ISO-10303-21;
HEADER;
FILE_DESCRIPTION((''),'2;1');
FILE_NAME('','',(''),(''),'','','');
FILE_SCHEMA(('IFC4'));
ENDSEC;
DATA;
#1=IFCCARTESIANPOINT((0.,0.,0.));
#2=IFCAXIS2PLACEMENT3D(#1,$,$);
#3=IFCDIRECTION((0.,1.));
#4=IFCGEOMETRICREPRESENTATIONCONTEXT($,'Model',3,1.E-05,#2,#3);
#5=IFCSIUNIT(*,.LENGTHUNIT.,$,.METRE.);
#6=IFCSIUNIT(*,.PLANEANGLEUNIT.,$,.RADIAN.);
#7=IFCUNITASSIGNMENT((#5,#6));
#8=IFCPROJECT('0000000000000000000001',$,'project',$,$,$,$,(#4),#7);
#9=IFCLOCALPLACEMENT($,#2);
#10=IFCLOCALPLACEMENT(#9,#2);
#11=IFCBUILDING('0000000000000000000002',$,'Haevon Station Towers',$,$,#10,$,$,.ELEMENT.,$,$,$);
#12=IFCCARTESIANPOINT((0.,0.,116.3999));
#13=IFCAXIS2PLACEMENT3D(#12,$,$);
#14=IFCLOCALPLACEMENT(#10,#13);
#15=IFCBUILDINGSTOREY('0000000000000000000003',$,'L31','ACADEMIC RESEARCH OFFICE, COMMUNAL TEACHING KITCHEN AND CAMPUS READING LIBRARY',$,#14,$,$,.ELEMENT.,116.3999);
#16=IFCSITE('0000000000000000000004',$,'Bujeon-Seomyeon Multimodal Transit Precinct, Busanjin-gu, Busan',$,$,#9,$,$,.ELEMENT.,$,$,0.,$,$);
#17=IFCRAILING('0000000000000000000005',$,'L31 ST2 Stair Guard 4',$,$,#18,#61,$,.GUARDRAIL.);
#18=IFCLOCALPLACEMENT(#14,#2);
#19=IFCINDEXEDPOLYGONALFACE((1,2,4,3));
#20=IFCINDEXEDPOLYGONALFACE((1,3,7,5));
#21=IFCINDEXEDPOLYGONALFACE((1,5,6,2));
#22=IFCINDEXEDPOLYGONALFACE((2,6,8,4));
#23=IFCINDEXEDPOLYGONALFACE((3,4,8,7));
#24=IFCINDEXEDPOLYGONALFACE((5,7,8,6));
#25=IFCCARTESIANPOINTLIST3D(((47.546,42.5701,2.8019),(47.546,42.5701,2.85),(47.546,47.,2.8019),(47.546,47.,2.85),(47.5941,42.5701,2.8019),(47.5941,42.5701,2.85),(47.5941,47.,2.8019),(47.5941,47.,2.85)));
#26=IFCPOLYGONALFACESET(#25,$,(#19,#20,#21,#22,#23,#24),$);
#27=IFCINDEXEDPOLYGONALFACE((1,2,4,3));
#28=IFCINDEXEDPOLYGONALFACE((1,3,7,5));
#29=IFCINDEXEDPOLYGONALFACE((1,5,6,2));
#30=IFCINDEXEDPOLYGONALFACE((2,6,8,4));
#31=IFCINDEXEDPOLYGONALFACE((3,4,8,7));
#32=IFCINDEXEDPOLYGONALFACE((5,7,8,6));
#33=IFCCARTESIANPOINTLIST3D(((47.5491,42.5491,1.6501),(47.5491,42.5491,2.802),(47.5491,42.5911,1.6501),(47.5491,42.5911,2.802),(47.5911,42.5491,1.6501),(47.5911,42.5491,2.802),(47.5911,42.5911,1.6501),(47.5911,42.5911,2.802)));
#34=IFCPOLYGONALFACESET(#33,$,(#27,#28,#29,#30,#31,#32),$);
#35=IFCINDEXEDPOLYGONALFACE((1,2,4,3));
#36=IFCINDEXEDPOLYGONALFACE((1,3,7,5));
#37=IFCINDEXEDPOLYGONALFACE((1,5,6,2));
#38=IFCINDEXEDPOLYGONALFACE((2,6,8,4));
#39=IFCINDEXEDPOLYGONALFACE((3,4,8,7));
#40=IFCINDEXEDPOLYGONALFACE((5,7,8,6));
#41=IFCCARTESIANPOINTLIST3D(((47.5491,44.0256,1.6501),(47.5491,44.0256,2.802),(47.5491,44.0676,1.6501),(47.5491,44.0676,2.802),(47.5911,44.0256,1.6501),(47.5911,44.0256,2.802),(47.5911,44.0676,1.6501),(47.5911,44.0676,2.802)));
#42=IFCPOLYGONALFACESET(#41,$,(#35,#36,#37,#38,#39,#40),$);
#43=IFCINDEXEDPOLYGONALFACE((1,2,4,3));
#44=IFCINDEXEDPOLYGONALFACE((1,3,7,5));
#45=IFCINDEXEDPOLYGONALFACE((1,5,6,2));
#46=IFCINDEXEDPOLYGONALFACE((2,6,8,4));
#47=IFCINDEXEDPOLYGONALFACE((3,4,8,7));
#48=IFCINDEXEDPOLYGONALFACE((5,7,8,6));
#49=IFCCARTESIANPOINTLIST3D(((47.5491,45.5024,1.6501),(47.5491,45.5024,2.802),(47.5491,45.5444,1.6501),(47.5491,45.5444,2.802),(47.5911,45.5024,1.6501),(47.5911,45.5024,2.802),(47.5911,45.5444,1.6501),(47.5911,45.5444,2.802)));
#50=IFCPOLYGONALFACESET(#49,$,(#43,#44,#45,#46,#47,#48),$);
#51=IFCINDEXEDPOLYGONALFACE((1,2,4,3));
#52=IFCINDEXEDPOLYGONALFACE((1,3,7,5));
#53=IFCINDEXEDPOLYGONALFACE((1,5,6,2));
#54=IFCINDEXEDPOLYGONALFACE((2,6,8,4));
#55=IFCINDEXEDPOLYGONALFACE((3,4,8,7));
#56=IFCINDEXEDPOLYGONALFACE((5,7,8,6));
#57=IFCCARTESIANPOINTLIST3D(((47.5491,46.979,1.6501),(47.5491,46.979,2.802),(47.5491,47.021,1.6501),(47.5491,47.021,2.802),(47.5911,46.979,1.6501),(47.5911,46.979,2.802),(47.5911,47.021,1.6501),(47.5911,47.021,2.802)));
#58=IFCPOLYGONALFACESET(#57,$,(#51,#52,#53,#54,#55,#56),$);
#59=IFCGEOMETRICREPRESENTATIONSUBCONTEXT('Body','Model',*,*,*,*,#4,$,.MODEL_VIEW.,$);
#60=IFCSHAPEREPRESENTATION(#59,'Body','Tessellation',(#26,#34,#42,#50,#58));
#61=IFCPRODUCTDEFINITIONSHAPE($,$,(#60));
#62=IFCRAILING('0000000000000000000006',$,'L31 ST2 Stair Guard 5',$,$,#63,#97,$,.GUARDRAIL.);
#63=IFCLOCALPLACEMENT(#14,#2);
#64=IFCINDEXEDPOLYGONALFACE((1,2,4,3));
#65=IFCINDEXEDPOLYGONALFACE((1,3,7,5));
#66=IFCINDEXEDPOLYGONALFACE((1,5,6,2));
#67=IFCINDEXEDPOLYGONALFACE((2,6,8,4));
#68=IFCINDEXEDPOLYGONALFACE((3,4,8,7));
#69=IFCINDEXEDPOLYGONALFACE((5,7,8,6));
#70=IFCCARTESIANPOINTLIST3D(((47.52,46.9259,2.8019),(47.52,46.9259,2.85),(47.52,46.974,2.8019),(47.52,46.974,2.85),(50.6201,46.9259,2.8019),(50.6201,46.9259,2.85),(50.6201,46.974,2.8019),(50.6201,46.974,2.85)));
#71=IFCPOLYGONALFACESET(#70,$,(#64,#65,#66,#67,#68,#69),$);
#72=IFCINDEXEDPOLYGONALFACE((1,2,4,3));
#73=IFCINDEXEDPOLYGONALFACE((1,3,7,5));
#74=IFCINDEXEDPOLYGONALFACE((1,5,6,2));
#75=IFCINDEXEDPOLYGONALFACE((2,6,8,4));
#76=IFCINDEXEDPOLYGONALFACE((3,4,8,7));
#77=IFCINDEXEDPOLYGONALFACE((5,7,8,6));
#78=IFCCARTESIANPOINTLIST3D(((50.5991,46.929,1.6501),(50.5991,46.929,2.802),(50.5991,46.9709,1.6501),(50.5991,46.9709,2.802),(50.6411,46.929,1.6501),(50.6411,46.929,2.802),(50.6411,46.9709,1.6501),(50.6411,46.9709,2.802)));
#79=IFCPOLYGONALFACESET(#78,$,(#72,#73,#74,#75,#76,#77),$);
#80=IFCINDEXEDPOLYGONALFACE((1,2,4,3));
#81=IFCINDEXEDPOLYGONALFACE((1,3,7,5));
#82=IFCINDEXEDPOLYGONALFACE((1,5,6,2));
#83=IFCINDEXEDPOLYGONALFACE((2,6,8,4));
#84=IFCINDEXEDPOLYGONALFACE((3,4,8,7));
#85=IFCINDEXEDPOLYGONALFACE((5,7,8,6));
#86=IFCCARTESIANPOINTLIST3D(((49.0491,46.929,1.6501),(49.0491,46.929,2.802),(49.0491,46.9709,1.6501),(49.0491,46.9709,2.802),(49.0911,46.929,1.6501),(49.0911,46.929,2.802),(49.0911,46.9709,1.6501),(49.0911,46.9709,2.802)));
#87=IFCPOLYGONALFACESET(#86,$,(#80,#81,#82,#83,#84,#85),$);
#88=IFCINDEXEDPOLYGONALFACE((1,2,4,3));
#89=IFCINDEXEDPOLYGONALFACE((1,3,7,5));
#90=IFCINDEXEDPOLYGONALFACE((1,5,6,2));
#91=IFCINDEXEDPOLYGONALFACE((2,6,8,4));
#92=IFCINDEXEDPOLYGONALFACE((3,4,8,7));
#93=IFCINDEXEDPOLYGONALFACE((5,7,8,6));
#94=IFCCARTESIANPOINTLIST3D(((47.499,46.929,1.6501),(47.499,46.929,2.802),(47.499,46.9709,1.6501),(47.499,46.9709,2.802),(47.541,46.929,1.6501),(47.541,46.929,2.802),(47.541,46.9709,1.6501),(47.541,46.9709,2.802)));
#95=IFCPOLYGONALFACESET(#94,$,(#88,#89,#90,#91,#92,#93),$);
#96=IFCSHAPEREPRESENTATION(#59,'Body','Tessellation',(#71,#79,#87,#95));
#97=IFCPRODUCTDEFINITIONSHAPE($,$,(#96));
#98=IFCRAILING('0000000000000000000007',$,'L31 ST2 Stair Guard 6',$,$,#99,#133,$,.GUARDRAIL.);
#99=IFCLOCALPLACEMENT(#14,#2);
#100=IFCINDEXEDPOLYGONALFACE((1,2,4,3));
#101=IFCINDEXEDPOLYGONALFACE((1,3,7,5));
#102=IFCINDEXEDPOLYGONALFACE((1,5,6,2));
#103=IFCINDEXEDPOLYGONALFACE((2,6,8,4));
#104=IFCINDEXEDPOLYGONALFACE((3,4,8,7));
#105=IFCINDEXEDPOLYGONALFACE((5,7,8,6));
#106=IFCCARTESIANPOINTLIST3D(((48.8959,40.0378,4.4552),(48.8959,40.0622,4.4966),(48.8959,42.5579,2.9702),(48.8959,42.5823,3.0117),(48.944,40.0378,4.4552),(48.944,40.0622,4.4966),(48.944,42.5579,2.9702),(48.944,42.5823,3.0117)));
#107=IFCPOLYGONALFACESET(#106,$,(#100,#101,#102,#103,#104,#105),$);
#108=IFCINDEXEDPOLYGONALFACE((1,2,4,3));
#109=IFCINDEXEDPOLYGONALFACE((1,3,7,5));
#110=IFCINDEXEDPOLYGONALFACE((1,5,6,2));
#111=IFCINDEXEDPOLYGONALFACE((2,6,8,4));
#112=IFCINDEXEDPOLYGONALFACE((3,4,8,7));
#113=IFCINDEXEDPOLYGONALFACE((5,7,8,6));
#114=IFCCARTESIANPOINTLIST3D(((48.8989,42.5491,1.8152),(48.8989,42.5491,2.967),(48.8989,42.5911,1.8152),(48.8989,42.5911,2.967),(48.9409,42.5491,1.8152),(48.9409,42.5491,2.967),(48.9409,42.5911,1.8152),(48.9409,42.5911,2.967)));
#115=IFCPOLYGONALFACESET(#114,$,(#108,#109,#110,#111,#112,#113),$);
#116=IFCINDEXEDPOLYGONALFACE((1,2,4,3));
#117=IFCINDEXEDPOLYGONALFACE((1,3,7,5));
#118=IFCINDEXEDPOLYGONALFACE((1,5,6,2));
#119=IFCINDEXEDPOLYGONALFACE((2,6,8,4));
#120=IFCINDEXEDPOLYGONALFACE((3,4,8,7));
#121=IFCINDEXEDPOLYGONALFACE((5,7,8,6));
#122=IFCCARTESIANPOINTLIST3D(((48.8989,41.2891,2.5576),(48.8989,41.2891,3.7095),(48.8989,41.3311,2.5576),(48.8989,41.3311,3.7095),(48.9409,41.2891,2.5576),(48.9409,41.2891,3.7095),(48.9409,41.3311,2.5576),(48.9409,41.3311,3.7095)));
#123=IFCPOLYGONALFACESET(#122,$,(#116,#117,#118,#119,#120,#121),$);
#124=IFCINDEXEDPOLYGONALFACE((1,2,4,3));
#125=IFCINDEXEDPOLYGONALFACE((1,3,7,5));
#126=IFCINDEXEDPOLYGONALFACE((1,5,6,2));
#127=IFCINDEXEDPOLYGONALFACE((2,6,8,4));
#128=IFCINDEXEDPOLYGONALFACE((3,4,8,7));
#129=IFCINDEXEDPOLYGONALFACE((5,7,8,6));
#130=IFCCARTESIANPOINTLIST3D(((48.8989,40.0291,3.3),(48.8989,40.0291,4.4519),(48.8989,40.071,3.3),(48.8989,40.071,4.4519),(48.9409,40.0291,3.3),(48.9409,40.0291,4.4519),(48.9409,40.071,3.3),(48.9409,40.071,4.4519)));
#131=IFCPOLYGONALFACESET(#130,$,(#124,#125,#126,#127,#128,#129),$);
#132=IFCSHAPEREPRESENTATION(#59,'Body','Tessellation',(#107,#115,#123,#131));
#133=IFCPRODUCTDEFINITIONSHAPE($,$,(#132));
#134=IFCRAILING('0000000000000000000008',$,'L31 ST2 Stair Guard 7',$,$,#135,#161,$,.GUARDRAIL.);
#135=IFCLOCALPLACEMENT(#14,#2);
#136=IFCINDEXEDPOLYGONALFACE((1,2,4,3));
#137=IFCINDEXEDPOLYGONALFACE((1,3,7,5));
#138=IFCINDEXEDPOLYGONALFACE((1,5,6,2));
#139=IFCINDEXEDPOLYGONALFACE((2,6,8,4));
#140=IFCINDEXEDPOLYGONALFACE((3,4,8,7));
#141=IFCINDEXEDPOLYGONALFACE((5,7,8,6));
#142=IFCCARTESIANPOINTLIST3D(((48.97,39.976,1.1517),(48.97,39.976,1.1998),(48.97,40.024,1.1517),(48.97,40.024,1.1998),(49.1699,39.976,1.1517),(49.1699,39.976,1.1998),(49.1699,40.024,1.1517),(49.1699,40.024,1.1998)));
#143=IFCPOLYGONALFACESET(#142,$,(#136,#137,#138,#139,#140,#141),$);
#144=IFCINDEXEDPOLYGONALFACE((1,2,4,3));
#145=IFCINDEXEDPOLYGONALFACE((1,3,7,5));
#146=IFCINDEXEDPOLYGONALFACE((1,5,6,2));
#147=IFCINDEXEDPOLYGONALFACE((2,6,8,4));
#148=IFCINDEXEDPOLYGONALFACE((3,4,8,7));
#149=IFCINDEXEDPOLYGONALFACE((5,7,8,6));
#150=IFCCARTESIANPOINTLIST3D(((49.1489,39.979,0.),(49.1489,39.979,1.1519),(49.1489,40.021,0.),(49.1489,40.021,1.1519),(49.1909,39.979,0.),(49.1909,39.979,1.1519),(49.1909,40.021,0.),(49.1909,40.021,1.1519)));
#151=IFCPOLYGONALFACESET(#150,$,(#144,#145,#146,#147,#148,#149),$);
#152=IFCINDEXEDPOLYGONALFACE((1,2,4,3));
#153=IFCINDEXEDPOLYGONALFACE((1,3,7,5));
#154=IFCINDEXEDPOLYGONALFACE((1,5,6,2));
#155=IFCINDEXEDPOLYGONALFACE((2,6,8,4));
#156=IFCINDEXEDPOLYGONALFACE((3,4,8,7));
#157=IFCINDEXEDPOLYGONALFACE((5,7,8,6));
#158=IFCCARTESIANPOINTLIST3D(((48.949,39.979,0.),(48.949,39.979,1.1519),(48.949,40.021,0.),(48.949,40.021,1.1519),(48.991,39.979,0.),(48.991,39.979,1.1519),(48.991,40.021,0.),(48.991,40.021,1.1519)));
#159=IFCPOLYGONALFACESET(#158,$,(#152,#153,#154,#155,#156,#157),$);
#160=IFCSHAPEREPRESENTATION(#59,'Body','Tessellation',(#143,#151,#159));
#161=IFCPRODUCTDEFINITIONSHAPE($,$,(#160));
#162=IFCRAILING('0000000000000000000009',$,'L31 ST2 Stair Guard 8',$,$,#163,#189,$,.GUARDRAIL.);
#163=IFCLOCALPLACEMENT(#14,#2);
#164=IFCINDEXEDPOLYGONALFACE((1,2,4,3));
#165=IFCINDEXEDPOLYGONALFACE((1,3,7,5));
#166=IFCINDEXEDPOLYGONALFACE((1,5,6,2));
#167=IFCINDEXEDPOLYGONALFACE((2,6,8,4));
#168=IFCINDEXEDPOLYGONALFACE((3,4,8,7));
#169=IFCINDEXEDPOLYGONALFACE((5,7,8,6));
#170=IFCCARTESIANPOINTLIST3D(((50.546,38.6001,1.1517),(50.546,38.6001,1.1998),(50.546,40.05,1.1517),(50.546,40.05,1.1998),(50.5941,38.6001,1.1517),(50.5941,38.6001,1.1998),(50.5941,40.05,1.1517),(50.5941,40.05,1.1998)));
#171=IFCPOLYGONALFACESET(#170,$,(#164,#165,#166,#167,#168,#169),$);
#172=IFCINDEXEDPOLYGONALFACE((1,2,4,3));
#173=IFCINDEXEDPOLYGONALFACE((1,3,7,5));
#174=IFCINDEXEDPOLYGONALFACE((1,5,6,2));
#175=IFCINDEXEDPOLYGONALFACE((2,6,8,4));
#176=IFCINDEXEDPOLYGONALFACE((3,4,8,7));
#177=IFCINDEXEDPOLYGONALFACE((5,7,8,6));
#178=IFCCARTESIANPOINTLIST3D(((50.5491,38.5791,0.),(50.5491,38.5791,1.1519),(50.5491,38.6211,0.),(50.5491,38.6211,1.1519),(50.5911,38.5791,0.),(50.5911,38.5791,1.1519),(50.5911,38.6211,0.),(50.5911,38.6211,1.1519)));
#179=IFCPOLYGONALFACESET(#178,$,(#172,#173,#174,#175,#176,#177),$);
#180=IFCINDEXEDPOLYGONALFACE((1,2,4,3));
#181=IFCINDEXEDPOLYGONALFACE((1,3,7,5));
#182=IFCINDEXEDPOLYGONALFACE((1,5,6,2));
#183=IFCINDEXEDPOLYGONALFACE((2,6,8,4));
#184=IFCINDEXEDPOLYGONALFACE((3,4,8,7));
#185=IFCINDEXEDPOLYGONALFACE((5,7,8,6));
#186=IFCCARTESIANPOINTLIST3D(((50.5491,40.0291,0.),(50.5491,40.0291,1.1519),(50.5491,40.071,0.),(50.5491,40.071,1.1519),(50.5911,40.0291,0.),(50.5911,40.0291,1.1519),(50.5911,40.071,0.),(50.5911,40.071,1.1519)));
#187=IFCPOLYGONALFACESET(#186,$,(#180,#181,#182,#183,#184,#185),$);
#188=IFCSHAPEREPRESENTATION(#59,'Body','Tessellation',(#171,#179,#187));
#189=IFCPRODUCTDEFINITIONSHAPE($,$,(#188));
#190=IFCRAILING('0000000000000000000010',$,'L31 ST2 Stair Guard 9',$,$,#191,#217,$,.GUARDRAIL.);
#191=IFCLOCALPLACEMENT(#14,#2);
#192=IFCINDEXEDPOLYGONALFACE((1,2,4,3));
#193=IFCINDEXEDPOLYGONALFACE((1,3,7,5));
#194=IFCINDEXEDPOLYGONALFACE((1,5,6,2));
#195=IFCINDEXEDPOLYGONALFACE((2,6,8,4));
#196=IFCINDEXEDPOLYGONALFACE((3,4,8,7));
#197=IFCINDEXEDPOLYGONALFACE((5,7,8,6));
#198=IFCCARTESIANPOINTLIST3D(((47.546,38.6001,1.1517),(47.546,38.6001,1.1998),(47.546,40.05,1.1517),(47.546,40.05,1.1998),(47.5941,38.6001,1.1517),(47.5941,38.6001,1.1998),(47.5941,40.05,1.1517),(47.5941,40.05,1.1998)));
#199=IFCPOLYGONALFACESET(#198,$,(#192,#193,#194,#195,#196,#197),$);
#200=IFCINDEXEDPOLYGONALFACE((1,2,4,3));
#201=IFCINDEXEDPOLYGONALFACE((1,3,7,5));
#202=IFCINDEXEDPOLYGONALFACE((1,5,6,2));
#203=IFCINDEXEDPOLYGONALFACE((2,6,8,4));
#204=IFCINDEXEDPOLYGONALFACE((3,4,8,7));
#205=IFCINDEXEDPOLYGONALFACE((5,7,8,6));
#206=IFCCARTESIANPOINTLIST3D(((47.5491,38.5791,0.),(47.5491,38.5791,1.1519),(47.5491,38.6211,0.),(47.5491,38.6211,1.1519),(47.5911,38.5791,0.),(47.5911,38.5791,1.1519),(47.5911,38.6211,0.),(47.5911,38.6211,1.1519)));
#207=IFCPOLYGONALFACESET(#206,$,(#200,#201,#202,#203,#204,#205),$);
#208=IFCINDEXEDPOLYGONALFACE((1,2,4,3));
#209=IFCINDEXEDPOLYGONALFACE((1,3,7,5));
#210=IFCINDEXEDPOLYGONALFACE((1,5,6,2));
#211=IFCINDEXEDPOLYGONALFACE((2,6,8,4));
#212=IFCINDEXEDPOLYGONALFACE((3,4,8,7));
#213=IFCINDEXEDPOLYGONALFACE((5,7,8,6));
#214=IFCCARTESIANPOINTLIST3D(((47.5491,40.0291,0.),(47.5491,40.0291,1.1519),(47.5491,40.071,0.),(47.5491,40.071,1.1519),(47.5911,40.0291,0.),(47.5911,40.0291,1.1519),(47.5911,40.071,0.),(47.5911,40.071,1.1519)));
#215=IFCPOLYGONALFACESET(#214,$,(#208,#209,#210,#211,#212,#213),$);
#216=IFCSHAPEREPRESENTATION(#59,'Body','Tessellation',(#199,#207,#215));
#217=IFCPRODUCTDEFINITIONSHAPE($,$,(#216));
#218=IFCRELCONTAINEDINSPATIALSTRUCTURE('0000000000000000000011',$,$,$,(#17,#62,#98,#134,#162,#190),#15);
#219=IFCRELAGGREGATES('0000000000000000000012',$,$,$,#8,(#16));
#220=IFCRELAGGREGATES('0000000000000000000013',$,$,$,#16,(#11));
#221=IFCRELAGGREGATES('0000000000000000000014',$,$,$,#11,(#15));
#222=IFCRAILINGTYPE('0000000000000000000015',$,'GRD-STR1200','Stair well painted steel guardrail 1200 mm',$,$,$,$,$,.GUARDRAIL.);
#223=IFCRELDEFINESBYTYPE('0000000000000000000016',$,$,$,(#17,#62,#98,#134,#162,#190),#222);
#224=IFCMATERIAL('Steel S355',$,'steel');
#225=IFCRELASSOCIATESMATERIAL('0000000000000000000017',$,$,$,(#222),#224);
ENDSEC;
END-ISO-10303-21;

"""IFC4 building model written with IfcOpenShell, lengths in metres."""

from ifc_helpers import new_model, si_unit, direction, frame, origin, origin_2d, place, context, subcontext, project, spatial, rectangle, extrude, material, type_object, element, save


model = new_model("IFC4")

# Units and contexts
model_context = context("Model", 3, precision=1e-05, world=origin(), true_north=direction((0.0, 1.0)))
body_context = subcontext(model_context, "Body", "Model", "MODEL_VIEW")
ifc_project = project(units=[si_unit("LENGTHUNIT", "METRE"), si_unit("PLANEANGLEUNIT", "RADIAN")], contexts=[model_context])

# Site, building, storey
site_placement = place(None, origin())
site = spatial("IfcSite", under=ifc_project, at=site_placement, Name="Bujeon-Seomyeon Multimodal Transit Precinct, Busanjin-gu, Busan", CompositionType="ELEMENT", RefElevation=0.0)
building_placement = place(site_placement, origin())
building = spatial("IfcBuilding", under=site, at=building_placement, Name="Haevon Station Towers", CompositionType="ELEMENT")
storey_placement = place(building_placement, frame((0.0, 0.0, 116.3999)))
storey = spatial("IfcBuildingStorey", under=building, at=storey_placement, Name="L31", Description="ACADEMIC RESEARCH OFFICE, COMMUNAL TEACHING KITCHEN AND CAMPUS READING LIBRARY", CompositionType="ELEMENT", Elevation=116.3999)

# Shared definitions
ifc_material_1 = material(Name="Steel S355", Category="steel")

# Railings
railing_type_1 = type_object("IfcRailingType", Name="GRD-STR1200", Description="Stair well painted steel guardrail 1200 mm", PredefinedType="GUARDRAIL", material=ifc_material_1)
for number, where, name in (
    (1, (47.5701, 42.5701, 1.6501), "L31 ST2 Stair Guard 4"),
):
    element("IfcRailing", number, at=place(storey_placement, frame(where)), inside=storey, type_object=railing_type_1, Name=name, PredefinedType="GUARDRAIL", context=body_context, shape_type="SweptSolid", body=[
        extrude(rectangle(XDim=0.0481, YDim=0.0481, at=origin_2d()), frame((0.0, 0.0, 1.1758), z_axis=(0.0, 1.0, 0.0), x_axis=(-1.0, 0.0, 0.0)), (0.0, 0.0, 1.0), 4.4299),
        extrude(rectangle(XDim=0.042, YDim=0.042, at=origin_2d()), origin(), (0.0, 0.0, 1.0), 1.1519),
        extrude(rectangle(XDim=0.042, YDim=0.042, at=origin_2d()), frame((0.0, 1.4766, 0.0)), (0.0, 0.0, 1.0), 1.1519),
        extrude(rectangle(XDim=0.042, YDim=0.042, at=origin_2d()), frame((0.0, 2.9534, 0.0)), (0.0, 0.0, 1.0), 1.1519),
        extrude(rectangle(XDim=0.042, YDim=0.042, at=origin_2d()), frame((0.0, 4.4299, 0.0)), (0.0, 0.0, 1.0), 1.1519),
    ])
railing_1_placement = place(storey_placement, frame((50.6201, 46.95, 1.6501)))
element("IfcRailing", 2, at=railing_1_placement, inside=storey, type_object=railing_type_1, Name="L31 ST2 Stair Guard 5", PredefinedType="GUARDRAIL", context=body_context, shape_type="SweptSolid", body=[
    extrude(rectangle(XDim=0.0481, YDim=0.0481, at=origin_2d()), frame((0.0, 0.0, 1.1758), z_axis=(-1.0, 0.0, 0.0), x_axis=(0.0, -1.0, 0.0)), (0.0, 0.0, 1.0), 3.1001),
    extrude(rectangle(XDim=0.042, YDim=0.042, at=origin_2d()), origin(), (0.0, 0.0, 1.0), 1.1519),
    extrude(rectangle(XDim=0.042, YDim=0.042, at=origin_2d()), frame((-1.55, 0.0, 0.0)), (0.0, 0.0, 1.0), 1.1519),
    extrude(rectangle(XDim=0.042, YDim=0.042, at=origin_2d()), frame((-3.1001, 0.0, 0.0)), (0.0, 0.0, 1.0), 1.1519),
])
railing_2_placement = place(storey_placement, frame((48.9199, 42.5701, 1.8152)))
element("IfcRailing", 3, at=railing_2_placement, inside=storey, type_object=railing_type_1, Name="L31 ST2 Stair Guard 6", PredefinedType="GUARDRAIL", context=body_context, shape_type="SweptSolid", body=[
    extrude(rectangle(XDim=0.0481, YDim=0.0481, at=origin_2d()), frame((0.0, 0.0, 1.1758), z_axis=(0.0, -0.861561, 0.507655), x_axis=(1.0, 0.0, 0.0)), (0.0, 0.0, 1.0), 2.925),
    extrude(rectangle(XDim=0.042, YDim=0.042, at=origin_2d()), origin(), (0.0, 0.0, 1.0), 1.1519),
    extrude(rectangle(XDim=0.042, YDim=0.042, at=origin_2d()), frame((0.0, -1.26, 0.7424)), (0.0, 0.0, 1.0), 1.1519),
    extrude(rectangle(XDim=0.042, YDim=0.042, at=origin_2d()), frame((0.0, -2.52, 1.4849)), (0.0, 0.0, 1.0), 1.1519),
])
railing_3_placement = place(storey_placement, frame((49.1699, 40.0, 0.0)))
element("IfcRailing", 4, at=railing_3_placement, inside=storey, type_object=railing_type_1, Name="L31 ST2 Stair Guard 7", PredefinedType="GUARDRAIL", context=body_context, shape_type="SweptSolid", body=[
    extrude(rectangle(XDim=0.0481, YDim=0.0481, at=origin_2d()), frame((0.0, 0.0, 1.1758), z_axis=(-1.0, 0.0, 0.0), x_axis=(0.0, -1.0, 0.0)), (0.0, 0.0, 1.0), 0.2),
    extrude(rectangle(XDim=0.042, YDim=0.042, at=origin_2d()), origin(), (0.0, 0.0, 1.0), 1.1519),
    extrude(rectangle(XDim=0.042, YDim=0.042, at=origin_2d()), frame((-0.2, 0.0, 0.0)), (0.0, 0.0, 1.0), 1.1519),
])
for number, where, name in (
    (5, (50.5701, 38.6001, 0.0), "L31 ST2 Stair Guard 8"),
    (6, (47.5701, 38.6001, 0.0), "L31 ST2 Stair Guard 9"),
):
    element("IfcRailing", number, at=place(storey_placement, frame(where)), inside=storey, type_object=railing_type_1, Name=name, PredefinedType="GUARDRAIL", context=body_context, shape_type="SweptSolid", body=[
        extrude(rectangle(XDim=0.0481, YDim=0.0481, at=origin_2d()), frame((0.0, 0.0, 1.1758), z_axis=(0.0, 1.0, 0.0), x_axis=(-1.0, 0.0, 0.0)), (0.0, 0.0, 1.0), 1.45),
        extrude(rectangle(XDim=0.042, YDim=0.042, at=origin_2d()), origin(), (0.0, 0.0, 1.0), 1.1519),
        extrude(rectangle(XDim=0.042, YDim=0.042, at=origin_2d()), frame((0.0, 1.45, 0.0)), (0.0, 0.0, 1.0), 1.1519),
    ])

save(model, "model.ifc")
